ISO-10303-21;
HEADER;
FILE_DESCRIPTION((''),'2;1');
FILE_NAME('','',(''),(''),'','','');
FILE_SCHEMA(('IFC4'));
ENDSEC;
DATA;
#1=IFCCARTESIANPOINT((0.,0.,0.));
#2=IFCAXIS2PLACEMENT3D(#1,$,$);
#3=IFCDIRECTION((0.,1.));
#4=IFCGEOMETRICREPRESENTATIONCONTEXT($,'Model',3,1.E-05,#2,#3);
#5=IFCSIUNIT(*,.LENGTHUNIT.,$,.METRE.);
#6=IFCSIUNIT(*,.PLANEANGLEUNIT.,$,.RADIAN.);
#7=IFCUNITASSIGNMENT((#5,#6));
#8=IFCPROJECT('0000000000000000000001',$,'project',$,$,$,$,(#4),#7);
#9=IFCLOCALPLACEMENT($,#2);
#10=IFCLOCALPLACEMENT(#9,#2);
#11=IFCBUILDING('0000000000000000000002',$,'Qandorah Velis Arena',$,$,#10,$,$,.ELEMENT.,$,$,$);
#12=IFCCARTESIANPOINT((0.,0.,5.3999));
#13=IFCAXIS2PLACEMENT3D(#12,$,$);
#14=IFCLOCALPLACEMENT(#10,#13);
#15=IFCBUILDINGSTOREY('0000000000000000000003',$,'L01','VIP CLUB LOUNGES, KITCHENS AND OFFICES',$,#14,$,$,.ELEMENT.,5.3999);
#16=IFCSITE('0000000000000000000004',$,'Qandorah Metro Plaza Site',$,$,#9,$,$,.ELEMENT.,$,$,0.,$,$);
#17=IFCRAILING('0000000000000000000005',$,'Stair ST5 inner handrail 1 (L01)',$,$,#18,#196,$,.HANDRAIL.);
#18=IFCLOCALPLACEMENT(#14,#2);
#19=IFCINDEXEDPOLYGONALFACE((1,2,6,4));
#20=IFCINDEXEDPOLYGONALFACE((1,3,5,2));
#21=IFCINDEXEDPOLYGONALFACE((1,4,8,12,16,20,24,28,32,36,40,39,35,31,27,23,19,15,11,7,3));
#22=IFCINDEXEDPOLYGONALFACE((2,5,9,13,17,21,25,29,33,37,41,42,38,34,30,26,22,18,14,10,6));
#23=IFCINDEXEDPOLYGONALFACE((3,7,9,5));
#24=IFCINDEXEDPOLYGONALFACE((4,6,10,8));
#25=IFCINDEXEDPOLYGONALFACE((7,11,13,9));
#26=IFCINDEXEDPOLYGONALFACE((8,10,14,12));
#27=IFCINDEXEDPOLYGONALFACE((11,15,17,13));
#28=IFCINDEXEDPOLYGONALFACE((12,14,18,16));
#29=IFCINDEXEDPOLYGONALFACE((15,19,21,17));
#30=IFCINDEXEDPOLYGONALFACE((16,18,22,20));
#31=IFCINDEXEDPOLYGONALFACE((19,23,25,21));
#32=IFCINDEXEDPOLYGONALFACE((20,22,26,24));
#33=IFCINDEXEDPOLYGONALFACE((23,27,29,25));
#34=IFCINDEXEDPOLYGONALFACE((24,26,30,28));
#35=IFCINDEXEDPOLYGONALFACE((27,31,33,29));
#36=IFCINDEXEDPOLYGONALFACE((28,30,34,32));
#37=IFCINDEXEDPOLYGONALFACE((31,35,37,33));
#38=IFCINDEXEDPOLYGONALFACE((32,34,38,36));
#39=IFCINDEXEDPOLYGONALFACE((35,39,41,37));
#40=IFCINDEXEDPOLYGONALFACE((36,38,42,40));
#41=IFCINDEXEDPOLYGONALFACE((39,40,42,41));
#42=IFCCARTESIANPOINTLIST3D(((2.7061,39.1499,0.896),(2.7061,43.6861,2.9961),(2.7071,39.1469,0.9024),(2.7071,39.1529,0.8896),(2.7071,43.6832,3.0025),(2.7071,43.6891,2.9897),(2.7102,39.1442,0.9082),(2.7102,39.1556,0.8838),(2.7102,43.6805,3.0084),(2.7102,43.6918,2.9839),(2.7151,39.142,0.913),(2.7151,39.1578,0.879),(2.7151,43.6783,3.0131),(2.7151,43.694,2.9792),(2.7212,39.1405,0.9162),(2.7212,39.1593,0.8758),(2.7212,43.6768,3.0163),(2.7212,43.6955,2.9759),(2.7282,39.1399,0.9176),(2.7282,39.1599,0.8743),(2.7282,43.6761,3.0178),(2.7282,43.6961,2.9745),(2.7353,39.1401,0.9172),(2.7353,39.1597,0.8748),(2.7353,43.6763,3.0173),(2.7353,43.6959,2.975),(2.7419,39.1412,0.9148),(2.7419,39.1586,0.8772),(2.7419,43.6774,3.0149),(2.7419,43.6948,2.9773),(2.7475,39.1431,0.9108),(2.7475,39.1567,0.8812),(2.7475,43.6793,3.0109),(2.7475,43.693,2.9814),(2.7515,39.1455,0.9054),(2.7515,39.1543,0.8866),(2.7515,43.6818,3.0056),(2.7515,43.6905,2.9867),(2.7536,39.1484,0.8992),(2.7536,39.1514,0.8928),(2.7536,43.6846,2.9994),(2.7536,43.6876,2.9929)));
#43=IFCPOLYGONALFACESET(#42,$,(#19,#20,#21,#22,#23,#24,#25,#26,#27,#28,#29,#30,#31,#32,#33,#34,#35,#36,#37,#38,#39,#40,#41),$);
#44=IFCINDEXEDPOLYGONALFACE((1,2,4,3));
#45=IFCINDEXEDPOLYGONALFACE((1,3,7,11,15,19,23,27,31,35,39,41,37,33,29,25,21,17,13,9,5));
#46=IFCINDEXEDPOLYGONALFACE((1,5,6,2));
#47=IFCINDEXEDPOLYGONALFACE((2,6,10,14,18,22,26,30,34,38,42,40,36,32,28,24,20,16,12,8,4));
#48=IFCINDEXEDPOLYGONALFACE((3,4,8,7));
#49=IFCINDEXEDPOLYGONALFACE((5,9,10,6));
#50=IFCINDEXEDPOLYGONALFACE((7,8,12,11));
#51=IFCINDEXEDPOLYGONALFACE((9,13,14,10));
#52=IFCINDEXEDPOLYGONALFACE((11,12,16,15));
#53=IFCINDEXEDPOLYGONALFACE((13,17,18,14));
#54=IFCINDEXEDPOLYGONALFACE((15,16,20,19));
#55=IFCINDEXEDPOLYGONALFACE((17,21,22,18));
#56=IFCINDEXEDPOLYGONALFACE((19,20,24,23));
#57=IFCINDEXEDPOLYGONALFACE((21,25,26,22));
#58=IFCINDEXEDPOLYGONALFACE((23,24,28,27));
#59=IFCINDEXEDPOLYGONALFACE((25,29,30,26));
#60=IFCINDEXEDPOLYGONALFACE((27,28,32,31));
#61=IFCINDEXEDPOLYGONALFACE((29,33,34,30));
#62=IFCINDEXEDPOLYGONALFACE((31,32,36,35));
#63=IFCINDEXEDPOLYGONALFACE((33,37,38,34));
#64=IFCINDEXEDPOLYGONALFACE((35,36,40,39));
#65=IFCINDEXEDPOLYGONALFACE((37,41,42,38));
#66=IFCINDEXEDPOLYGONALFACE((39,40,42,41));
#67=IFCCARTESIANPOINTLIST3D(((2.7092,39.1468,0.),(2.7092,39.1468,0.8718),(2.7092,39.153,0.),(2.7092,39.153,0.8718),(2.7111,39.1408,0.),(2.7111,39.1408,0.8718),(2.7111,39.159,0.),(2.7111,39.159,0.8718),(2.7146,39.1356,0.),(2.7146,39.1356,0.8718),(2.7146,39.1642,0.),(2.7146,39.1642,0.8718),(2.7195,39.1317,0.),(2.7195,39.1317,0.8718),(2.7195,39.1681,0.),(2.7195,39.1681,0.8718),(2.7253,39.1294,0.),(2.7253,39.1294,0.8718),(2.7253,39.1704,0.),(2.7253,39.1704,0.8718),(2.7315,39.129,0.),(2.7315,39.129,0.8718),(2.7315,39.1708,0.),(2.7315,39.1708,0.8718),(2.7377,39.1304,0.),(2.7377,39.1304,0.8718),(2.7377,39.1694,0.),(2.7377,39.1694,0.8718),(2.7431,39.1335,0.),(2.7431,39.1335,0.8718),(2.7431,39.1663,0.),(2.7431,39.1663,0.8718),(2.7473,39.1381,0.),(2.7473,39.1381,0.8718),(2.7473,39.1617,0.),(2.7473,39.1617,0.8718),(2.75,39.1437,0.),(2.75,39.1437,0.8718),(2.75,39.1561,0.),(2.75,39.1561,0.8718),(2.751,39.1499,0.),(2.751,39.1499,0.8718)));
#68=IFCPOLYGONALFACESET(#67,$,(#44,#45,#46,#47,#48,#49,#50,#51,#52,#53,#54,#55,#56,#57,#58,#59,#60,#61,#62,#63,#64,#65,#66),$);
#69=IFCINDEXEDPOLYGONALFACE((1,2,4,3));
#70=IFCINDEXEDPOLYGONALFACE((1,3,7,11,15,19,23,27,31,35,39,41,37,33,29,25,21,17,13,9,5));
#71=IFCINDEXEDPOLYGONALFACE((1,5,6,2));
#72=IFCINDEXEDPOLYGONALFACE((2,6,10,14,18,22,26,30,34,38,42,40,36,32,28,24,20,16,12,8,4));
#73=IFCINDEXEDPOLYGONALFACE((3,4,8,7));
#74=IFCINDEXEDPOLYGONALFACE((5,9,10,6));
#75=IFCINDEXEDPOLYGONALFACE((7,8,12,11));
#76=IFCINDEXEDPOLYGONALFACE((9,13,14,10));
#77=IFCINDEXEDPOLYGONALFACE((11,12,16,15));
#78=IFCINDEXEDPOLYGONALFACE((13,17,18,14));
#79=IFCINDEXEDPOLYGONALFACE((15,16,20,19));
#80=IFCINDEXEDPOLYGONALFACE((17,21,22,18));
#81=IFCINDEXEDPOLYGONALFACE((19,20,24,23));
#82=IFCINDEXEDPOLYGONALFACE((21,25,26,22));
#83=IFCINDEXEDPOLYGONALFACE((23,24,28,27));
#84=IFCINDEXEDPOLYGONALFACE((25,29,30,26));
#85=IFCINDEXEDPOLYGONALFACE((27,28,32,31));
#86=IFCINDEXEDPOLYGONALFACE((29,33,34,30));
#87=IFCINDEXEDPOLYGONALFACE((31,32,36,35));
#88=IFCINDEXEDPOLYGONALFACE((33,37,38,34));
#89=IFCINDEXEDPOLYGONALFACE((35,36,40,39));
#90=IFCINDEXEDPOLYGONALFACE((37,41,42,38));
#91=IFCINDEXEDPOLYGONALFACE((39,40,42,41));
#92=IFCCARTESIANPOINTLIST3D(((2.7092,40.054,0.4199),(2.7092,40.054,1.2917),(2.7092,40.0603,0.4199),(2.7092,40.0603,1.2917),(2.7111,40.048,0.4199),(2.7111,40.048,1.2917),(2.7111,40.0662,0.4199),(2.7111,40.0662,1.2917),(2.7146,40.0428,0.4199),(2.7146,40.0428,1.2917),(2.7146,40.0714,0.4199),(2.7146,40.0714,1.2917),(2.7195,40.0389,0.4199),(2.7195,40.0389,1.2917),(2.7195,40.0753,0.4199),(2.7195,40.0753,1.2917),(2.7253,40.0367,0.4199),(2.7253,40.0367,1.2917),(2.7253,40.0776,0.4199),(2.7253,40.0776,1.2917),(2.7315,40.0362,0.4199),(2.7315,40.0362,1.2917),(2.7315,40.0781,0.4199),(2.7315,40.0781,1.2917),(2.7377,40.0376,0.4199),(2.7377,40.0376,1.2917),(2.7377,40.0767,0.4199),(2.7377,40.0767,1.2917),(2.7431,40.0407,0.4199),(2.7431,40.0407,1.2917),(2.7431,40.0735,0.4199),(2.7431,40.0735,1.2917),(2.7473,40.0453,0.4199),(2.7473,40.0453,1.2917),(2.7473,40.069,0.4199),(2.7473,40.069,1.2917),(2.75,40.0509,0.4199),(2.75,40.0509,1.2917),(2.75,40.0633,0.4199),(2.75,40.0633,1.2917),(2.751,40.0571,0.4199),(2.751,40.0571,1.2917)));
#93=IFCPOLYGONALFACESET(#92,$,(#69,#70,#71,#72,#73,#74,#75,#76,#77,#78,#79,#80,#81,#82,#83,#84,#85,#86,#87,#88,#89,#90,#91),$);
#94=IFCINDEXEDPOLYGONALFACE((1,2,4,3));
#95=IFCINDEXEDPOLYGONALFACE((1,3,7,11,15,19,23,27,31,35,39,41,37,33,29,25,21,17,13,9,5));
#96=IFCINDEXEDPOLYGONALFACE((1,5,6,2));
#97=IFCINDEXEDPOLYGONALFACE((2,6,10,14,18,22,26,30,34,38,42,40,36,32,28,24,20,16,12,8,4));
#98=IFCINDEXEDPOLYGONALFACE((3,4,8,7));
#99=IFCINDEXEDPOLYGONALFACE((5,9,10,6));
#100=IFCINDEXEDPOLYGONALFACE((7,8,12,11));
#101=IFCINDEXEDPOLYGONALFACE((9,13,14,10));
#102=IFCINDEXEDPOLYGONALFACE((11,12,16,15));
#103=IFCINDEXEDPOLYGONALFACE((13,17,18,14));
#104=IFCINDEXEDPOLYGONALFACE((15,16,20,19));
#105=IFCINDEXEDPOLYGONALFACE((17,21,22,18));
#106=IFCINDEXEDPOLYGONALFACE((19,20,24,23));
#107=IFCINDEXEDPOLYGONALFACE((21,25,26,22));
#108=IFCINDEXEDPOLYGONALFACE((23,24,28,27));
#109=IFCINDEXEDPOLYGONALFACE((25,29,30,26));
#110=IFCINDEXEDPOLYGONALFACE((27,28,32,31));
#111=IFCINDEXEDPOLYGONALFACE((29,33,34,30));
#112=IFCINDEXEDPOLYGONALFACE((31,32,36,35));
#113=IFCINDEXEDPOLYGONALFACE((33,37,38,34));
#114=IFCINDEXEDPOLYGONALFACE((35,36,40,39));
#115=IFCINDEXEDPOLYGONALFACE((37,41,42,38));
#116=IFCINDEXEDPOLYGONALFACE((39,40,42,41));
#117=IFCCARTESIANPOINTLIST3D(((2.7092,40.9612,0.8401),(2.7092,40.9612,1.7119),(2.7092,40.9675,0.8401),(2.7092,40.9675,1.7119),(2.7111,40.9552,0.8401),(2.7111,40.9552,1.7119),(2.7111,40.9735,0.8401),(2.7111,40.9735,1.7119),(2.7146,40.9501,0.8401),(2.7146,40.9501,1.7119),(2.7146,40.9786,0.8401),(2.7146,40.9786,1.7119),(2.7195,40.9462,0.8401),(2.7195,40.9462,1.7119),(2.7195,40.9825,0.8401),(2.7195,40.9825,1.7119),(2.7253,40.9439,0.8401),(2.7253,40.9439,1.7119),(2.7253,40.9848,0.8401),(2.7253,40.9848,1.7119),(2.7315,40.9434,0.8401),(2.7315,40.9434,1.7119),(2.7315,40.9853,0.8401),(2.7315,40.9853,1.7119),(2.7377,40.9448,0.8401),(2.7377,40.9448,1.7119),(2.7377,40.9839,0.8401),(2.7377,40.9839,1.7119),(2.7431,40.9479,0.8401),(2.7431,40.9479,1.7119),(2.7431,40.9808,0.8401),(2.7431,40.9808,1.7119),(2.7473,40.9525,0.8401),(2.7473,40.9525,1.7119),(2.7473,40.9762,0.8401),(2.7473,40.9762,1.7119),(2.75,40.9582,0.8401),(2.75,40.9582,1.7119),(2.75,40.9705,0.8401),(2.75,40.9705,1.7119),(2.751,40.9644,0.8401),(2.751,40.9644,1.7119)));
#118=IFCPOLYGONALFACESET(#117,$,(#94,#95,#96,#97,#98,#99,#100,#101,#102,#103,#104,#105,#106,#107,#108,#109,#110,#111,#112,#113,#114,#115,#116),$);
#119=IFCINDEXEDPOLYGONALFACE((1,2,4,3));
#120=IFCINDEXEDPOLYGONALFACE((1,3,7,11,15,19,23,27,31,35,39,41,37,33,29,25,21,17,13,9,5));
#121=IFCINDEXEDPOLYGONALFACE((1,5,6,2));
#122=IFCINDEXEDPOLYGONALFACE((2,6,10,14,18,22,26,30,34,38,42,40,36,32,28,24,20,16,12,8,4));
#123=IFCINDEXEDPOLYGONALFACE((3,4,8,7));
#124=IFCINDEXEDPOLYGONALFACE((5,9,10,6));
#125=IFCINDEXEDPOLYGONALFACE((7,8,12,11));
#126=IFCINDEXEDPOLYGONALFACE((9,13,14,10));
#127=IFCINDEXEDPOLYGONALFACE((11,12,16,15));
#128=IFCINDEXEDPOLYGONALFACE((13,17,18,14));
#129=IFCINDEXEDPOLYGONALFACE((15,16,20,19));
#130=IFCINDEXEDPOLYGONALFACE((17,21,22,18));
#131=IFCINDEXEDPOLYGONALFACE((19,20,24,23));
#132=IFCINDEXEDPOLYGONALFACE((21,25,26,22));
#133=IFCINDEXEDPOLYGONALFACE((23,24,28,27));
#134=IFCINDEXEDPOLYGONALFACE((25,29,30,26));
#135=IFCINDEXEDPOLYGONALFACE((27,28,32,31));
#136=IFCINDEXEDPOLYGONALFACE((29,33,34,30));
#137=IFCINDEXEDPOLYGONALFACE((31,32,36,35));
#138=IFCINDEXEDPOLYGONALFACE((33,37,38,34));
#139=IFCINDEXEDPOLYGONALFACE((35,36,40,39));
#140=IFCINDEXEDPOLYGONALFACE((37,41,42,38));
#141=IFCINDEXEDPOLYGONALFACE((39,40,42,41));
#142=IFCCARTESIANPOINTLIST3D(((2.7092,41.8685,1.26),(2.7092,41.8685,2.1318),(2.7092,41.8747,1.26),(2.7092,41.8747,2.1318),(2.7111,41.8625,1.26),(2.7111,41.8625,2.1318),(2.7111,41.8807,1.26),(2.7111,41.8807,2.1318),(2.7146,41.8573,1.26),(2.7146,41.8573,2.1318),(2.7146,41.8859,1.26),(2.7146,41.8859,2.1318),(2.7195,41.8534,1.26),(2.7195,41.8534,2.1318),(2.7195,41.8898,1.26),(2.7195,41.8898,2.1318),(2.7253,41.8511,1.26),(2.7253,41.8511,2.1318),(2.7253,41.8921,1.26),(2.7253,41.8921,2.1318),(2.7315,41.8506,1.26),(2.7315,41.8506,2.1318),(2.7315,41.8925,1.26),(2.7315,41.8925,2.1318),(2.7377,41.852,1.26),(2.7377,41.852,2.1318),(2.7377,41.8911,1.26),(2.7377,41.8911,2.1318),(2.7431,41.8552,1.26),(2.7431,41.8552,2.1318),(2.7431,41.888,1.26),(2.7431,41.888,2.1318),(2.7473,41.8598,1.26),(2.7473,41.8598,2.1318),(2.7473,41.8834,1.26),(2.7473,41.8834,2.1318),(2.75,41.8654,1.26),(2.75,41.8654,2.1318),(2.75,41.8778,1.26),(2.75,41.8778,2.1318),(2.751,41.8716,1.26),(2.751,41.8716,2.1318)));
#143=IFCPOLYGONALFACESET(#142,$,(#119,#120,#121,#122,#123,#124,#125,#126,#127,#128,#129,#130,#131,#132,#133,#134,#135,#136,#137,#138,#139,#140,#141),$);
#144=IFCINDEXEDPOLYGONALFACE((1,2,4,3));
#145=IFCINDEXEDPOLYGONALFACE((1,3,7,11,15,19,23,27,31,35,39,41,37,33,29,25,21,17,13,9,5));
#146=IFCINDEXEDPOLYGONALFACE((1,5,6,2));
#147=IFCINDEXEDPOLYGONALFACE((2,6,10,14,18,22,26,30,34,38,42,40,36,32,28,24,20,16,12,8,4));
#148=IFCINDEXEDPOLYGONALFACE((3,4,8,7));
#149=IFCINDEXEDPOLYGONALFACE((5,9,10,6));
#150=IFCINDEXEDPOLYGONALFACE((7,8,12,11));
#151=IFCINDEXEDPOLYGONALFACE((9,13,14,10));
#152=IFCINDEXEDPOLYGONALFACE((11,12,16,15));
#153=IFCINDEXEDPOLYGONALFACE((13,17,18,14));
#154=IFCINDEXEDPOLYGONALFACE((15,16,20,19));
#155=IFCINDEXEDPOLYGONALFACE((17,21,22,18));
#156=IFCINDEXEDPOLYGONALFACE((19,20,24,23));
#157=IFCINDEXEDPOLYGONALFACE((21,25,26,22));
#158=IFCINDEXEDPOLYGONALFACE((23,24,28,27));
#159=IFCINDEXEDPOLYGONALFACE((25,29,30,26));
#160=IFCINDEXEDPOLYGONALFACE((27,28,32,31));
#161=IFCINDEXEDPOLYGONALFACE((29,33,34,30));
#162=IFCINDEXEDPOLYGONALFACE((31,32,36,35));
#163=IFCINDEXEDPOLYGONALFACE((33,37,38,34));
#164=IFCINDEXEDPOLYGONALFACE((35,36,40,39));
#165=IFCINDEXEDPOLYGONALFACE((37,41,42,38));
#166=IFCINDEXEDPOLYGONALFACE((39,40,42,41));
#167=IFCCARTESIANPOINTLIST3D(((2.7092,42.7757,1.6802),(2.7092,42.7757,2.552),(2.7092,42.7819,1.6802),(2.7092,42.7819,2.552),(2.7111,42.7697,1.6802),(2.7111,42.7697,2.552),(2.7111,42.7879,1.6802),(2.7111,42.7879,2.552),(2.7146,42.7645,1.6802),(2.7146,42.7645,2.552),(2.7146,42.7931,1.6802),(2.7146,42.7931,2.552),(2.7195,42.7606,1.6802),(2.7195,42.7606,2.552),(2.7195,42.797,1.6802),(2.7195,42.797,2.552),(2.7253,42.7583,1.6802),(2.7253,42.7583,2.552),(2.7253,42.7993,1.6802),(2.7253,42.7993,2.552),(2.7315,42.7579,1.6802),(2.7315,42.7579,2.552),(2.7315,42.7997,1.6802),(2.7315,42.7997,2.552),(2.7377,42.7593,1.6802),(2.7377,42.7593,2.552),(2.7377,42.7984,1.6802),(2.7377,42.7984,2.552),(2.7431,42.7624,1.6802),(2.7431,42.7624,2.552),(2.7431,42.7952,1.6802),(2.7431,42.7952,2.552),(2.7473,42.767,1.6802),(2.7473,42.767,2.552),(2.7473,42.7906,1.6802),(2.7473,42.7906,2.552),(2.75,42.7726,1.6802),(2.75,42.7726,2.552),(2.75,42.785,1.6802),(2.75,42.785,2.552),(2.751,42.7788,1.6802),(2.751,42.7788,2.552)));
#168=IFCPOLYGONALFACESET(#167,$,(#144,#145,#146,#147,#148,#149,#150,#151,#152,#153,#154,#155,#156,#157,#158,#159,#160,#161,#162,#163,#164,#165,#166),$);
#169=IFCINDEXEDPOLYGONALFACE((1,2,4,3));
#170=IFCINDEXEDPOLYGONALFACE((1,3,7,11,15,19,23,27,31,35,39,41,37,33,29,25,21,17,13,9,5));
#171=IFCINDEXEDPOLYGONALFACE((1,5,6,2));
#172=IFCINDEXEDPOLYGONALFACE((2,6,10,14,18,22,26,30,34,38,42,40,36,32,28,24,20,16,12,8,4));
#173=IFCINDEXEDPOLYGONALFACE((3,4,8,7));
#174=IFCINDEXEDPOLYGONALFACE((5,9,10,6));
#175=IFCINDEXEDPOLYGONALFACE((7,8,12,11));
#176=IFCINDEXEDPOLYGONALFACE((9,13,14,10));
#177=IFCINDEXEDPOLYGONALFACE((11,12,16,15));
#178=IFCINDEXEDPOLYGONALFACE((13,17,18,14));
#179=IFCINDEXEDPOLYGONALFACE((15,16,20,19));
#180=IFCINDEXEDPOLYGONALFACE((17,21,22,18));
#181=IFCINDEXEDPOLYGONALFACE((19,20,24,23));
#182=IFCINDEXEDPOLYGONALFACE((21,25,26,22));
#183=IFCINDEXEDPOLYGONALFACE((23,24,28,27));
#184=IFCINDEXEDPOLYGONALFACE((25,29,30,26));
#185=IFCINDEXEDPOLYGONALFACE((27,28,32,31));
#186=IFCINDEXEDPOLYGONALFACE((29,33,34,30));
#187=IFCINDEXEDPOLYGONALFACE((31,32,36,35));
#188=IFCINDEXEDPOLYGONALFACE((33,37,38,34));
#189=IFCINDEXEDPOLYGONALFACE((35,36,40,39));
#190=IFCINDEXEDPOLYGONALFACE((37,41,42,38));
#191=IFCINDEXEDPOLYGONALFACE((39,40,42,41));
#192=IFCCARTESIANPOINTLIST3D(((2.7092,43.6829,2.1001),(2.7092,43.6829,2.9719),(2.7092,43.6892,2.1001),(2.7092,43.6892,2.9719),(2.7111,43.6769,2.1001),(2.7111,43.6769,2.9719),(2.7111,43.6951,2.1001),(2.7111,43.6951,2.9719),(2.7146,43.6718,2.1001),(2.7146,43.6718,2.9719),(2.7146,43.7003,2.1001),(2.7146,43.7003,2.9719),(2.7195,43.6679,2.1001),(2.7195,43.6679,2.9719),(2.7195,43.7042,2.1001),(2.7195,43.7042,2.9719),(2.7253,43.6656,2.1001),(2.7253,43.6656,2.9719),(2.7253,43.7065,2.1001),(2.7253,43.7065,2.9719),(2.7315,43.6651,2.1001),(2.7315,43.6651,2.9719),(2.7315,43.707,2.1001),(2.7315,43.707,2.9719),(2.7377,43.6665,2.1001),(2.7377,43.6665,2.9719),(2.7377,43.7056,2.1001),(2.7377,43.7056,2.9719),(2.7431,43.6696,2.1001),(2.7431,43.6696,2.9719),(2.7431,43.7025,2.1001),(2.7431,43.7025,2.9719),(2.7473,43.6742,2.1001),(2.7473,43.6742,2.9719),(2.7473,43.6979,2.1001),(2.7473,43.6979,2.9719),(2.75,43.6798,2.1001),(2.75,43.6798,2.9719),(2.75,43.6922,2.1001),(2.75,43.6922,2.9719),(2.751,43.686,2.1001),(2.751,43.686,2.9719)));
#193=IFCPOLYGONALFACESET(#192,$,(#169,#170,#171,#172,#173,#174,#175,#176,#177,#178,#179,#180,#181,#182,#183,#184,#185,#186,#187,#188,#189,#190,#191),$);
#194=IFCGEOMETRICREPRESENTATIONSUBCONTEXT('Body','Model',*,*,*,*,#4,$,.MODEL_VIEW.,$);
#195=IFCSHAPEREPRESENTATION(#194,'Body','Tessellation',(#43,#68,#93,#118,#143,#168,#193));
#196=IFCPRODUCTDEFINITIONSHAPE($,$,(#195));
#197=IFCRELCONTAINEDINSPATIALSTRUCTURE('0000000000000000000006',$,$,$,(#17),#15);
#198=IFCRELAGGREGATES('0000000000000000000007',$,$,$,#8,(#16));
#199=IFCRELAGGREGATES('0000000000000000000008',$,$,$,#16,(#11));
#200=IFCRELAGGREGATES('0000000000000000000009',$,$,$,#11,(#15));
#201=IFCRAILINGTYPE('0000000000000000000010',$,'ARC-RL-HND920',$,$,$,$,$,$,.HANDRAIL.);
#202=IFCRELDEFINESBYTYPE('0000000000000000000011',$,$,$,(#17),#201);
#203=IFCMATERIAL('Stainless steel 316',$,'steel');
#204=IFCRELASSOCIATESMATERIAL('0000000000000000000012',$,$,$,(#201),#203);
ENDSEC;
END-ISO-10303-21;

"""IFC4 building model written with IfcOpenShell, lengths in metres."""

from ifc_helpers import new_model, si_unit, direction, frame, origin, origin_2d, place, context, subcontext, project, spatial, circle, extrude, material, type_object, element, save


model = new_model("IFC4")

# Units and contexts
model_context = context("Model", 3, precision=1e-05, world=origin(), true_north=direction((0.0, 1.0)))
body_context = subcontext(model_context, "Body", "Model", "MODEL_VIEW")
ifc_project = project(units=[si_unit("LENGTHUNIT", "METRE"), si_unit("PLANEANGLEUNIT", "RADIAN")], contexts=[model_context])

# Site, building, storey
site_placement = place(None, origin())
site = spatial("IfcSite", under=ifc_project, at=site_placement, Name="Qandorah Metro Plaza Site", CompositionType="ELEMENT", RefElevation=0.0)
building_placement = place(site_placement, origin())
building = spatial("IfcBuilding", under=site, at=building_placement, Name="Qandorah Velis Arena", CompositionType="ELEMENT")
storey_placement = place(building_placement, frame((0.0, 0.0, 5.3999)))
storey = spatial("IfcBuildingStorey", under=building, at=storey_placement, Name="L01", Description="VIP CLUB LOUNGES, KITCHENS AND OFFICES", CompositionType="ELEMENT", Elevation=5.3999)

# Railing
ifc_material_1 = material(Name="Stainless steel 316", Category="steel")
railing_type_1 = type_object("IfcRailingType", Name="ARC-RL-HND920", PredefinedType="HANDRAIL", material=ifc_material_1)
railing_1_placement = place(storey_placement, frame((2.73, 39.1499, 0.0)))
element("IfcRailing", 1, at=railing_1_placement, inside=storey, type_object=railing_type_1, Name="Stair ST5 inner handrail 1 (L01)", PredefinedType="HANDRAIL", context=body_context, shape_type="SweptSolid", body=[
    extrude(circle(Radius=0.0239, at=origin_2d()), frame((0.0, 0.0, 0.896), z_axis=(0.0, 0.907464, 0.42013), x_axis=(-1.0, 0.0, 0.0)), (0.0, 0.0, 1.0), 4.9988),
    extrude(circle(Radius=0.021, at=origin_2d()), origin(), (0.0, 0.0, 1.0), 0.8718),
    extrude(circle(Radius=0.021, at=origin_2d()), frame((0.0, 0.9072, 0.4199)), (0.0, 0.0, 1.0), 0.8718),
    extrude(circle(Radius=0.021, at=origin_2d()), frame((0.0, 1.8145, 0.8401)), (0.0, 0.0, 1.0), 0.8718),
    extrude(circle(Radius=0.021, at=origin_2d()), frame((0.0, 2.7217, 1.26)), (0.0, 0.0, 1.0), 0.8718),
    extrude(circle(Radius=0.021, at=origin_2d()), frame((0.0, 3.6289, 1.6802)), (0.0, 0.0, 1.0), 0.8718),
    extrude(circle(Radius=0.021, at=origin_2d()), frame((0.0, 4.5361, 2.1001)), (0.0, 0.0, 1.0), 0.8718),
])

save(model, "model.ifc")
